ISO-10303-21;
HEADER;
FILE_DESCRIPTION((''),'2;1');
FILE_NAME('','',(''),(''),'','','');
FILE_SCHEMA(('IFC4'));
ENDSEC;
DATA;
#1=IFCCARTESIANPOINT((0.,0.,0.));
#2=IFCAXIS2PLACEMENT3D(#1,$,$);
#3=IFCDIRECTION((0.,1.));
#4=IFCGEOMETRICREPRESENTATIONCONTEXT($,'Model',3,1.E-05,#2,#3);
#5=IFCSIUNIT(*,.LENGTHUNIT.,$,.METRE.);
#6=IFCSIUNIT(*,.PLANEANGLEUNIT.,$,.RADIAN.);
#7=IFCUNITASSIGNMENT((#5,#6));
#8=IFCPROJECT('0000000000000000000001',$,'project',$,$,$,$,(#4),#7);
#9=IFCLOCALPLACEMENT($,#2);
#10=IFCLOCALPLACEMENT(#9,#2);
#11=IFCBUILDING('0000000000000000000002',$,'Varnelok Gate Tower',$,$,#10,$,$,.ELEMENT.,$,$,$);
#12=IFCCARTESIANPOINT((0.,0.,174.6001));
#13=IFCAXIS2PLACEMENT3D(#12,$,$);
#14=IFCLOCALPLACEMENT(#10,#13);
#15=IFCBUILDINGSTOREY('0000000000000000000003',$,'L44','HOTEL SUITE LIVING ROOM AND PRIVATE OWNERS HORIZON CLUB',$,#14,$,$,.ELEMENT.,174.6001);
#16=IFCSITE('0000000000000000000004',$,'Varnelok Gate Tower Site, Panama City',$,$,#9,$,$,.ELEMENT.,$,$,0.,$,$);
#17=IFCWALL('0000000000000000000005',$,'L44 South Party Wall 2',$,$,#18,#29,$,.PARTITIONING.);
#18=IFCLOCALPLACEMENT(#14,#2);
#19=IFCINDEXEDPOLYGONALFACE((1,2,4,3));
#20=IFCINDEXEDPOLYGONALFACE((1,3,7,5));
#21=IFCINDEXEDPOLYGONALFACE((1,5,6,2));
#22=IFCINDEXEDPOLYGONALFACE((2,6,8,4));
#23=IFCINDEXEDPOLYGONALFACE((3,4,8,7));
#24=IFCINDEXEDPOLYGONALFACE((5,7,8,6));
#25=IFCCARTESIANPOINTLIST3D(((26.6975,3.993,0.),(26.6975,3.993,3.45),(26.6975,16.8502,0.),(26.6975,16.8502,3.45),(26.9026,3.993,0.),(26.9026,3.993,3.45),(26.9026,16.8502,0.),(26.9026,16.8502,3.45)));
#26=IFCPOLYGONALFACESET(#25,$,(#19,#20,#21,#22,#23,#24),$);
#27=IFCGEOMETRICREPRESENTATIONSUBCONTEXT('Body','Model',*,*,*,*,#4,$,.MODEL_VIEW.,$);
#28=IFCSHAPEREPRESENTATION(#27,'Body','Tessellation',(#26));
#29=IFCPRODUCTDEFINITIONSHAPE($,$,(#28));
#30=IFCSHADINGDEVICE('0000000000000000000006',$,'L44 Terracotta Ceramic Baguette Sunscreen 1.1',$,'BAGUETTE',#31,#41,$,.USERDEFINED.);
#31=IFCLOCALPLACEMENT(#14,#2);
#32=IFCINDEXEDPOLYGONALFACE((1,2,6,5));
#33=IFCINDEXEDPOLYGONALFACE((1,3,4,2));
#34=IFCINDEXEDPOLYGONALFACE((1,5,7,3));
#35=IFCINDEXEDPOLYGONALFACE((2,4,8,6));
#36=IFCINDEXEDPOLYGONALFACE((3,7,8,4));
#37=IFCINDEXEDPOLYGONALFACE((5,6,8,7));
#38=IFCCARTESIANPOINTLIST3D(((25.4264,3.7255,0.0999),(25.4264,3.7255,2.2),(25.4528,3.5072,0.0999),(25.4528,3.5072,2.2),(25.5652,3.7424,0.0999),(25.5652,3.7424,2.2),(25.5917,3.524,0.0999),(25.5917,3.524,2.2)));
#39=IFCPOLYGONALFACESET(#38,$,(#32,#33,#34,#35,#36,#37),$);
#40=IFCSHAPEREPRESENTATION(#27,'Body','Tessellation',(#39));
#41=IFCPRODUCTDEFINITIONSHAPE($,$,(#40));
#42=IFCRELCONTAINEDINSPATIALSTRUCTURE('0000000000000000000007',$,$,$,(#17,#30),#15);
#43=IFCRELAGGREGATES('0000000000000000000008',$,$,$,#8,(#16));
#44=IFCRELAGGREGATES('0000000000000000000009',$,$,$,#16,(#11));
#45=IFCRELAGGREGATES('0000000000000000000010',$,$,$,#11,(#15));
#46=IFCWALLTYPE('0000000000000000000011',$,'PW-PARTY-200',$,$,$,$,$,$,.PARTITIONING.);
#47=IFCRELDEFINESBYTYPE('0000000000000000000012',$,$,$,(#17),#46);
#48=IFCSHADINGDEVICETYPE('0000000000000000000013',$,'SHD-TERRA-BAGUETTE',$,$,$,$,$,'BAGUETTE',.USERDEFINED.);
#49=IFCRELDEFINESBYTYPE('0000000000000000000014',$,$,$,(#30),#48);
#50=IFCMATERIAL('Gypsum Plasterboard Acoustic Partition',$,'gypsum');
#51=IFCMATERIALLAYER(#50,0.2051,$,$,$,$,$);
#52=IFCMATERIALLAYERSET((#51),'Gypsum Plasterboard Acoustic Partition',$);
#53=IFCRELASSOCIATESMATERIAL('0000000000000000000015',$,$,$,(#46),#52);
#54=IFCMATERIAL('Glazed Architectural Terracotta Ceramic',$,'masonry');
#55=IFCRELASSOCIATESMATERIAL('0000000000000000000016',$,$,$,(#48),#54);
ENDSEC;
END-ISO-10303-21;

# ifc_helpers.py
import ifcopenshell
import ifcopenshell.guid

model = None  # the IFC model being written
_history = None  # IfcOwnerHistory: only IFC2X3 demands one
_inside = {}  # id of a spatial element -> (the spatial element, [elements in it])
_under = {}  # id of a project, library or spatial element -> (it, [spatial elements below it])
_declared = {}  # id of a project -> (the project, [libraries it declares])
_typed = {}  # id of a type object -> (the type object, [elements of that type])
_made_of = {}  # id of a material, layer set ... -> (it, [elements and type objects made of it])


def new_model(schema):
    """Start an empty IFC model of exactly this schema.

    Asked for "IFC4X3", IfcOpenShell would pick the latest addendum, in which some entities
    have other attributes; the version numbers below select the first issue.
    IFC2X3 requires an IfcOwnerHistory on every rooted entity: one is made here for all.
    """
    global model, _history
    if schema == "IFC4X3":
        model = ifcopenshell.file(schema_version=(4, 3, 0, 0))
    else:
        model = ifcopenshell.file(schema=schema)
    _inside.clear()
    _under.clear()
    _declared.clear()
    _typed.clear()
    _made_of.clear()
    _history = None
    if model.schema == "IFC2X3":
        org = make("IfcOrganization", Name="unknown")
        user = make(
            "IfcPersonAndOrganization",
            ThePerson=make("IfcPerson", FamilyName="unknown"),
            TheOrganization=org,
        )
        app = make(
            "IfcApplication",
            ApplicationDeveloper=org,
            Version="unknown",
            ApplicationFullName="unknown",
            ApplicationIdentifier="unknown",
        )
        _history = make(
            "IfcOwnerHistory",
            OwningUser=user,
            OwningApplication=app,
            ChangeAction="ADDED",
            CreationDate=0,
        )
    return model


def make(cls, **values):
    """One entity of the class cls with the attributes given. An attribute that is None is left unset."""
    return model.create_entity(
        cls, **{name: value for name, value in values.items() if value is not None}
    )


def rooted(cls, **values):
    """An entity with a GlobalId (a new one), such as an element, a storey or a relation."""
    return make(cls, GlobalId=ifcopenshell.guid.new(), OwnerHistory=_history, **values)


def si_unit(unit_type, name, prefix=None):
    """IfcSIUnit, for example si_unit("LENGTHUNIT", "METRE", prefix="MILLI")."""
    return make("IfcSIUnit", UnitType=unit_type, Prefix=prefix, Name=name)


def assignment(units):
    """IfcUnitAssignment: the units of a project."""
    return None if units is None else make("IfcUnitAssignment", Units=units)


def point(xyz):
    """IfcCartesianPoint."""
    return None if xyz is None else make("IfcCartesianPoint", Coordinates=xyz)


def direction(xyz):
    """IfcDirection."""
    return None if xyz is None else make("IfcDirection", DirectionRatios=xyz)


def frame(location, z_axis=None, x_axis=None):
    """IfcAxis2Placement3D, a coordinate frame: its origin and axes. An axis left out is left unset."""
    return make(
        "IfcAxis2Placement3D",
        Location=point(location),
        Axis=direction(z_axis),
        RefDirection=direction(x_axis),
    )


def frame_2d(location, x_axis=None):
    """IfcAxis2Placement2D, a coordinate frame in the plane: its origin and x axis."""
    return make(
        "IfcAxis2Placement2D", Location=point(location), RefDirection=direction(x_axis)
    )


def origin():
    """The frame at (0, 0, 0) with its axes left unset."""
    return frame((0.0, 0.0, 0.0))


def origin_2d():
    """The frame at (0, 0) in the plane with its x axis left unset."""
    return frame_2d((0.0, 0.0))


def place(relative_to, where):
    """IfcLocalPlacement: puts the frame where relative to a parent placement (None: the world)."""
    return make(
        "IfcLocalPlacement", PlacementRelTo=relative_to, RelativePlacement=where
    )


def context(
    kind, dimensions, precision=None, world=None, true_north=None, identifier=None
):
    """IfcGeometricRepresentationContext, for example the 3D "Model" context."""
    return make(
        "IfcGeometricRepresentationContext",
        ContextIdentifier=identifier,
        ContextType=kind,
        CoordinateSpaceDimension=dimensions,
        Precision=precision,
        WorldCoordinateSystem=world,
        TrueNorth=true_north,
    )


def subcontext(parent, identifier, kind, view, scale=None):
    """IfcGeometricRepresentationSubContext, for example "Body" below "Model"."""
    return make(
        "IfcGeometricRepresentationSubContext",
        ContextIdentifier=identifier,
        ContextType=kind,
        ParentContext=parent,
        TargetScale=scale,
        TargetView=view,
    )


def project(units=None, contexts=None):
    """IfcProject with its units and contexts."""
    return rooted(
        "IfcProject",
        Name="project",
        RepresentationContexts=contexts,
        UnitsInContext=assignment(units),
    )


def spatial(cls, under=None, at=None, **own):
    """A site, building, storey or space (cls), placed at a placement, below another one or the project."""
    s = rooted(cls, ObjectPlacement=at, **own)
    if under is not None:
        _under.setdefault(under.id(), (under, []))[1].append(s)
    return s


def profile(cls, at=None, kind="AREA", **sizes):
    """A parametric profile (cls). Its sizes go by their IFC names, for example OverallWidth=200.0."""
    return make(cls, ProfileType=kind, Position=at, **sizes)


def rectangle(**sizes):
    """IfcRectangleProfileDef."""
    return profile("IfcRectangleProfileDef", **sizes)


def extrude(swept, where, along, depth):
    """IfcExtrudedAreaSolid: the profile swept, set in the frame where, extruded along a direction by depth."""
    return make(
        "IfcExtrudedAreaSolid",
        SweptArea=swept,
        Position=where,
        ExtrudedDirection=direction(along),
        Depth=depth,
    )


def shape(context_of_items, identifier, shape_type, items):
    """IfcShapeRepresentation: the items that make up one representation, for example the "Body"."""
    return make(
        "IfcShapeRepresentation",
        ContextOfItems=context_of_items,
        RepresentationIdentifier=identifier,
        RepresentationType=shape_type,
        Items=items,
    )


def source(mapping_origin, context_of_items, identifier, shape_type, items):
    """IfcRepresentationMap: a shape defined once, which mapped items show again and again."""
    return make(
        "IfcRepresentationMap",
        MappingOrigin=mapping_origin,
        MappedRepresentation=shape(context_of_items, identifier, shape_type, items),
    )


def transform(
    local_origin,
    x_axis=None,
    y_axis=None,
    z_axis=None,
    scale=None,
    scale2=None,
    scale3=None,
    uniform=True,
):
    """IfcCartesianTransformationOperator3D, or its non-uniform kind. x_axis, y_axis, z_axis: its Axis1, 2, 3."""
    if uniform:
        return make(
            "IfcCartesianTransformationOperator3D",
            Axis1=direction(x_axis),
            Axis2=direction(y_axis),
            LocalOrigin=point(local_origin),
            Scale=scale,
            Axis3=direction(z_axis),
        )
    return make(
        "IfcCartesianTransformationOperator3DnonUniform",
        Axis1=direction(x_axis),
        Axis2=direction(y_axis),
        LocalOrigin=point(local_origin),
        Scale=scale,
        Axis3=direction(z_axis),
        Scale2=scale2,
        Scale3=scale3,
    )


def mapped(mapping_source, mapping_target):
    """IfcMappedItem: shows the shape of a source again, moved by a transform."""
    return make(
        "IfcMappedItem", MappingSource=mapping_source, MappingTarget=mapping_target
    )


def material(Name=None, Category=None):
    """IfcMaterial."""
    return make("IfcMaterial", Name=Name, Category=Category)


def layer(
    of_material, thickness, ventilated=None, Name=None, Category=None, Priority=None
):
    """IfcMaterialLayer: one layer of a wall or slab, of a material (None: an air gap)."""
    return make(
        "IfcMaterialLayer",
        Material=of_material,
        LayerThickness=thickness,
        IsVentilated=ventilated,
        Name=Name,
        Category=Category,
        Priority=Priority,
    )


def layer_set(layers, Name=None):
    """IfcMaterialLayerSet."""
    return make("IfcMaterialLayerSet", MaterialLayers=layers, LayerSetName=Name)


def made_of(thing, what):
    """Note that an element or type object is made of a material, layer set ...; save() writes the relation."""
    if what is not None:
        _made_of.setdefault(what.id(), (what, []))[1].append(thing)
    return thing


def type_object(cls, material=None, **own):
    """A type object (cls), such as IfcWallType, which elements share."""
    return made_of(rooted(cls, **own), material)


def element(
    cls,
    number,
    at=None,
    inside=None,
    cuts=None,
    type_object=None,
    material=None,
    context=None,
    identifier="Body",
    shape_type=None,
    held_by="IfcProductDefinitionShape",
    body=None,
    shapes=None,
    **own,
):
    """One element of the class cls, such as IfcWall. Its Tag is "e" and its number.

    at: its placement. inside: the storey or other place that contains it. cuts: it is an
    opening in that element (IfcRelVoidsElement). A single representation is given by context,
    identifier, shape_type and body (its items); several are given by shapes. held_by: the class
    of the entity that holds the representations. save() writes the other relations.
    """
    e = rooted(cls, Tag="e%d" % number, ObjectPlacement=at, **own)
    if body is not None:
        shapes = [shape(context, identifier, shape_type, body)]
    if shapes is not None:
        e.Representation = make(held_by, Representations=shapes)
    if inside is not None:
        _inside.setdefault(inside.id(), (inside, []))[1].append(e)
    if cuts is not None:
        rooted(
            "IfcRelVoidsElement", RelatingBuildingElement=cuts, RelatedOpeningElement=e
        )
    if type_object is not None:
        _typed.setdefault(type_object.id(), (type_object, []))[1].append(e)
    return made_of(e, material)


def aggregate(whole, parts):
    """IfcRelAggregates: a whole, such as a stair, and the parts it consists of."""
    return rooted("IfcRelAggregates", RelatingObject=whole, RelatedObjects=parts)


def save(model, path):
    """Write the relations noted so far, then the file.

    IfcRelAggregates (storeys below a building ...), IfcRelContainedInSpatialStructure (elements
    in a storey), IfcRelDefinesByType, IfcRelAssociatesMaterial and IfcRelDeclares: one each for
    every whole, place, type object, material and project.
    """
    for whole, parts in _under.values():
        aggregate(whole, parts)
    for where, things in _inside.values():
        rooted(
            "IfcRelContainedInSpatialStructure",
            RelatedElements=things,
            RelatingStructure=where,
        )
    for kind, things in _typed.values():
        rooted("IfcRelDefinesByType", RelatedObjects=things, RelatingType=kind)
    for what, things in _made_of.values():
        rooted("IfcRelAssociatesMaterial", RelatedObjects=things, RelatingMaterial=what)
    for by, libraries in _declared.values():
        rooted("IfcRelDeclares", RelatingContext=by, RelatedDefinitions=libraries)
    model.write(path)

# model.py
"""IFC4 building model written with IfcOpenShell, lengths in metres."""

from ifc_helpers import new_model, si_unit, direction, frame, frame_2d, origin, origin_2d, place, context, subcontext, project, spatial, rectangle, extrude, source, transform, mapped, material, layer, layer_set, type_object, element, save


model = new_model("IFC4")

# Units and contexts
model_context = context("Model", 3, precision=1e-05, world=origin(), true_north=direction((0.0, 1.0)))
body_context = subcontext(model_context, "Body", "Model", "MODEL_VIEW")
ifc_project = project(units=[si_unit("LENGTHUNIT", "METRE"), si_unit("PLANEANGLEUNIT", "RADIAN")], contexts=[model_context])

# Site, building, storey
site_placement = place(None, origin())
site = spatial("IfcSite", under=ifc_project, at=site_placement, Name="Varnelok Gate Tower Site, Panama City", CompositionType="ELEMENT", RefElevation=0.0)
building_placement = place(site_placement, origin())
building = spatial("IfcBuilding", under=site, at=building_placement, Name="Varnelok Gate Tower", CompositionType="ELEMENT")
storey_placement = place(building_placement, frame((0.0, 0.0, 174.6001)))
storey = spatial("IfcBuildingStorey", under=building, at=storey_placement, Name="L44", Description="HOTEL SUITE LIVING ROOM AND PRIVATE OWNERS HORIZON CLUB", CompositionType="ELEMENT", Elevation=174.6001)

# Shared definitions
ifc_material_1 = material(Name="Gypsum Plasterboard Acoustic Partition", Category="gypsum")

# Wall
ifc_layer_1 = layer(ifc_material_1, 0.2051)
ifc_layer_set_1 = layer_set([ifc_layer_1], Name="Gypsum Plasterboard Acoustic Partition")
wall_type_1 = type_object("IfcWallType", Name="PW-PARTY-200", PredefinedType="PARTITIONING", material=ifc_layer_set_1)
wall_1_placement = place(storey_placement, frame((26.8, 3.9929, 0.0), z_axis=(0.0, 0.0, 1.0), x_axis=(0.0, 1.0, 0.0)))
element("IfcWall", 1, at=wall_1_placement, inside=storey, type_object=wall_type_1, Name="L44 South Party Wall 2", PredefinedType="PARTITIONING", context=body_context, shape_type="SweptSolid", body=[
    extrude(rectangle(XDim=12.8572, YDim=0.2051, at=frame_2d((6.4287, 0.0))), origin(), (0.0, 0.0, 1.0), 3.45),
])

# Shading device
ifc_material_2 = material(Name="Glazed Architectural Terracotta Ceramic", Category="masonry")
shading_device_type = type_object("IfcShadingDeviceType", Name="SHD-TERRA-BAGUETTE", ElementType="BAGUETTE", PredefinedType="USERDEFINED", material=ifc_material_2)
shared_shape = source(origin(), body_context, "Body", "SweptSolid", [
    extrude(rectangle(XDim=0.1399, YDim=0.22, at=origin_2d()), origin(), (0.0, 0.0, 1.0), 2.1001),
])
shading_device_placement = place(storey_placement, frame((25.509, 3.6248, 0.0999), z_axis=(0.0, 0.0, 1.0), x_axis=(0.992732, 0.120345, 0.0)))
element("IfcShadingDevice", 2, at=shading_device_placement, inside=storey, type_object=shading_device_type, Name="L44 Terracotta Ceramic Baguette Sunscreen 1.1", ObjectType="BAGUETTE", PredefinedType="USERDEFINED", context=body_context, shape_type="MappedRepresentation", body=[
    mapped(shared_shape, transform((0.0, 0.0, 0.0), scale=1.0)),
])

save(model, "model.ifc")
